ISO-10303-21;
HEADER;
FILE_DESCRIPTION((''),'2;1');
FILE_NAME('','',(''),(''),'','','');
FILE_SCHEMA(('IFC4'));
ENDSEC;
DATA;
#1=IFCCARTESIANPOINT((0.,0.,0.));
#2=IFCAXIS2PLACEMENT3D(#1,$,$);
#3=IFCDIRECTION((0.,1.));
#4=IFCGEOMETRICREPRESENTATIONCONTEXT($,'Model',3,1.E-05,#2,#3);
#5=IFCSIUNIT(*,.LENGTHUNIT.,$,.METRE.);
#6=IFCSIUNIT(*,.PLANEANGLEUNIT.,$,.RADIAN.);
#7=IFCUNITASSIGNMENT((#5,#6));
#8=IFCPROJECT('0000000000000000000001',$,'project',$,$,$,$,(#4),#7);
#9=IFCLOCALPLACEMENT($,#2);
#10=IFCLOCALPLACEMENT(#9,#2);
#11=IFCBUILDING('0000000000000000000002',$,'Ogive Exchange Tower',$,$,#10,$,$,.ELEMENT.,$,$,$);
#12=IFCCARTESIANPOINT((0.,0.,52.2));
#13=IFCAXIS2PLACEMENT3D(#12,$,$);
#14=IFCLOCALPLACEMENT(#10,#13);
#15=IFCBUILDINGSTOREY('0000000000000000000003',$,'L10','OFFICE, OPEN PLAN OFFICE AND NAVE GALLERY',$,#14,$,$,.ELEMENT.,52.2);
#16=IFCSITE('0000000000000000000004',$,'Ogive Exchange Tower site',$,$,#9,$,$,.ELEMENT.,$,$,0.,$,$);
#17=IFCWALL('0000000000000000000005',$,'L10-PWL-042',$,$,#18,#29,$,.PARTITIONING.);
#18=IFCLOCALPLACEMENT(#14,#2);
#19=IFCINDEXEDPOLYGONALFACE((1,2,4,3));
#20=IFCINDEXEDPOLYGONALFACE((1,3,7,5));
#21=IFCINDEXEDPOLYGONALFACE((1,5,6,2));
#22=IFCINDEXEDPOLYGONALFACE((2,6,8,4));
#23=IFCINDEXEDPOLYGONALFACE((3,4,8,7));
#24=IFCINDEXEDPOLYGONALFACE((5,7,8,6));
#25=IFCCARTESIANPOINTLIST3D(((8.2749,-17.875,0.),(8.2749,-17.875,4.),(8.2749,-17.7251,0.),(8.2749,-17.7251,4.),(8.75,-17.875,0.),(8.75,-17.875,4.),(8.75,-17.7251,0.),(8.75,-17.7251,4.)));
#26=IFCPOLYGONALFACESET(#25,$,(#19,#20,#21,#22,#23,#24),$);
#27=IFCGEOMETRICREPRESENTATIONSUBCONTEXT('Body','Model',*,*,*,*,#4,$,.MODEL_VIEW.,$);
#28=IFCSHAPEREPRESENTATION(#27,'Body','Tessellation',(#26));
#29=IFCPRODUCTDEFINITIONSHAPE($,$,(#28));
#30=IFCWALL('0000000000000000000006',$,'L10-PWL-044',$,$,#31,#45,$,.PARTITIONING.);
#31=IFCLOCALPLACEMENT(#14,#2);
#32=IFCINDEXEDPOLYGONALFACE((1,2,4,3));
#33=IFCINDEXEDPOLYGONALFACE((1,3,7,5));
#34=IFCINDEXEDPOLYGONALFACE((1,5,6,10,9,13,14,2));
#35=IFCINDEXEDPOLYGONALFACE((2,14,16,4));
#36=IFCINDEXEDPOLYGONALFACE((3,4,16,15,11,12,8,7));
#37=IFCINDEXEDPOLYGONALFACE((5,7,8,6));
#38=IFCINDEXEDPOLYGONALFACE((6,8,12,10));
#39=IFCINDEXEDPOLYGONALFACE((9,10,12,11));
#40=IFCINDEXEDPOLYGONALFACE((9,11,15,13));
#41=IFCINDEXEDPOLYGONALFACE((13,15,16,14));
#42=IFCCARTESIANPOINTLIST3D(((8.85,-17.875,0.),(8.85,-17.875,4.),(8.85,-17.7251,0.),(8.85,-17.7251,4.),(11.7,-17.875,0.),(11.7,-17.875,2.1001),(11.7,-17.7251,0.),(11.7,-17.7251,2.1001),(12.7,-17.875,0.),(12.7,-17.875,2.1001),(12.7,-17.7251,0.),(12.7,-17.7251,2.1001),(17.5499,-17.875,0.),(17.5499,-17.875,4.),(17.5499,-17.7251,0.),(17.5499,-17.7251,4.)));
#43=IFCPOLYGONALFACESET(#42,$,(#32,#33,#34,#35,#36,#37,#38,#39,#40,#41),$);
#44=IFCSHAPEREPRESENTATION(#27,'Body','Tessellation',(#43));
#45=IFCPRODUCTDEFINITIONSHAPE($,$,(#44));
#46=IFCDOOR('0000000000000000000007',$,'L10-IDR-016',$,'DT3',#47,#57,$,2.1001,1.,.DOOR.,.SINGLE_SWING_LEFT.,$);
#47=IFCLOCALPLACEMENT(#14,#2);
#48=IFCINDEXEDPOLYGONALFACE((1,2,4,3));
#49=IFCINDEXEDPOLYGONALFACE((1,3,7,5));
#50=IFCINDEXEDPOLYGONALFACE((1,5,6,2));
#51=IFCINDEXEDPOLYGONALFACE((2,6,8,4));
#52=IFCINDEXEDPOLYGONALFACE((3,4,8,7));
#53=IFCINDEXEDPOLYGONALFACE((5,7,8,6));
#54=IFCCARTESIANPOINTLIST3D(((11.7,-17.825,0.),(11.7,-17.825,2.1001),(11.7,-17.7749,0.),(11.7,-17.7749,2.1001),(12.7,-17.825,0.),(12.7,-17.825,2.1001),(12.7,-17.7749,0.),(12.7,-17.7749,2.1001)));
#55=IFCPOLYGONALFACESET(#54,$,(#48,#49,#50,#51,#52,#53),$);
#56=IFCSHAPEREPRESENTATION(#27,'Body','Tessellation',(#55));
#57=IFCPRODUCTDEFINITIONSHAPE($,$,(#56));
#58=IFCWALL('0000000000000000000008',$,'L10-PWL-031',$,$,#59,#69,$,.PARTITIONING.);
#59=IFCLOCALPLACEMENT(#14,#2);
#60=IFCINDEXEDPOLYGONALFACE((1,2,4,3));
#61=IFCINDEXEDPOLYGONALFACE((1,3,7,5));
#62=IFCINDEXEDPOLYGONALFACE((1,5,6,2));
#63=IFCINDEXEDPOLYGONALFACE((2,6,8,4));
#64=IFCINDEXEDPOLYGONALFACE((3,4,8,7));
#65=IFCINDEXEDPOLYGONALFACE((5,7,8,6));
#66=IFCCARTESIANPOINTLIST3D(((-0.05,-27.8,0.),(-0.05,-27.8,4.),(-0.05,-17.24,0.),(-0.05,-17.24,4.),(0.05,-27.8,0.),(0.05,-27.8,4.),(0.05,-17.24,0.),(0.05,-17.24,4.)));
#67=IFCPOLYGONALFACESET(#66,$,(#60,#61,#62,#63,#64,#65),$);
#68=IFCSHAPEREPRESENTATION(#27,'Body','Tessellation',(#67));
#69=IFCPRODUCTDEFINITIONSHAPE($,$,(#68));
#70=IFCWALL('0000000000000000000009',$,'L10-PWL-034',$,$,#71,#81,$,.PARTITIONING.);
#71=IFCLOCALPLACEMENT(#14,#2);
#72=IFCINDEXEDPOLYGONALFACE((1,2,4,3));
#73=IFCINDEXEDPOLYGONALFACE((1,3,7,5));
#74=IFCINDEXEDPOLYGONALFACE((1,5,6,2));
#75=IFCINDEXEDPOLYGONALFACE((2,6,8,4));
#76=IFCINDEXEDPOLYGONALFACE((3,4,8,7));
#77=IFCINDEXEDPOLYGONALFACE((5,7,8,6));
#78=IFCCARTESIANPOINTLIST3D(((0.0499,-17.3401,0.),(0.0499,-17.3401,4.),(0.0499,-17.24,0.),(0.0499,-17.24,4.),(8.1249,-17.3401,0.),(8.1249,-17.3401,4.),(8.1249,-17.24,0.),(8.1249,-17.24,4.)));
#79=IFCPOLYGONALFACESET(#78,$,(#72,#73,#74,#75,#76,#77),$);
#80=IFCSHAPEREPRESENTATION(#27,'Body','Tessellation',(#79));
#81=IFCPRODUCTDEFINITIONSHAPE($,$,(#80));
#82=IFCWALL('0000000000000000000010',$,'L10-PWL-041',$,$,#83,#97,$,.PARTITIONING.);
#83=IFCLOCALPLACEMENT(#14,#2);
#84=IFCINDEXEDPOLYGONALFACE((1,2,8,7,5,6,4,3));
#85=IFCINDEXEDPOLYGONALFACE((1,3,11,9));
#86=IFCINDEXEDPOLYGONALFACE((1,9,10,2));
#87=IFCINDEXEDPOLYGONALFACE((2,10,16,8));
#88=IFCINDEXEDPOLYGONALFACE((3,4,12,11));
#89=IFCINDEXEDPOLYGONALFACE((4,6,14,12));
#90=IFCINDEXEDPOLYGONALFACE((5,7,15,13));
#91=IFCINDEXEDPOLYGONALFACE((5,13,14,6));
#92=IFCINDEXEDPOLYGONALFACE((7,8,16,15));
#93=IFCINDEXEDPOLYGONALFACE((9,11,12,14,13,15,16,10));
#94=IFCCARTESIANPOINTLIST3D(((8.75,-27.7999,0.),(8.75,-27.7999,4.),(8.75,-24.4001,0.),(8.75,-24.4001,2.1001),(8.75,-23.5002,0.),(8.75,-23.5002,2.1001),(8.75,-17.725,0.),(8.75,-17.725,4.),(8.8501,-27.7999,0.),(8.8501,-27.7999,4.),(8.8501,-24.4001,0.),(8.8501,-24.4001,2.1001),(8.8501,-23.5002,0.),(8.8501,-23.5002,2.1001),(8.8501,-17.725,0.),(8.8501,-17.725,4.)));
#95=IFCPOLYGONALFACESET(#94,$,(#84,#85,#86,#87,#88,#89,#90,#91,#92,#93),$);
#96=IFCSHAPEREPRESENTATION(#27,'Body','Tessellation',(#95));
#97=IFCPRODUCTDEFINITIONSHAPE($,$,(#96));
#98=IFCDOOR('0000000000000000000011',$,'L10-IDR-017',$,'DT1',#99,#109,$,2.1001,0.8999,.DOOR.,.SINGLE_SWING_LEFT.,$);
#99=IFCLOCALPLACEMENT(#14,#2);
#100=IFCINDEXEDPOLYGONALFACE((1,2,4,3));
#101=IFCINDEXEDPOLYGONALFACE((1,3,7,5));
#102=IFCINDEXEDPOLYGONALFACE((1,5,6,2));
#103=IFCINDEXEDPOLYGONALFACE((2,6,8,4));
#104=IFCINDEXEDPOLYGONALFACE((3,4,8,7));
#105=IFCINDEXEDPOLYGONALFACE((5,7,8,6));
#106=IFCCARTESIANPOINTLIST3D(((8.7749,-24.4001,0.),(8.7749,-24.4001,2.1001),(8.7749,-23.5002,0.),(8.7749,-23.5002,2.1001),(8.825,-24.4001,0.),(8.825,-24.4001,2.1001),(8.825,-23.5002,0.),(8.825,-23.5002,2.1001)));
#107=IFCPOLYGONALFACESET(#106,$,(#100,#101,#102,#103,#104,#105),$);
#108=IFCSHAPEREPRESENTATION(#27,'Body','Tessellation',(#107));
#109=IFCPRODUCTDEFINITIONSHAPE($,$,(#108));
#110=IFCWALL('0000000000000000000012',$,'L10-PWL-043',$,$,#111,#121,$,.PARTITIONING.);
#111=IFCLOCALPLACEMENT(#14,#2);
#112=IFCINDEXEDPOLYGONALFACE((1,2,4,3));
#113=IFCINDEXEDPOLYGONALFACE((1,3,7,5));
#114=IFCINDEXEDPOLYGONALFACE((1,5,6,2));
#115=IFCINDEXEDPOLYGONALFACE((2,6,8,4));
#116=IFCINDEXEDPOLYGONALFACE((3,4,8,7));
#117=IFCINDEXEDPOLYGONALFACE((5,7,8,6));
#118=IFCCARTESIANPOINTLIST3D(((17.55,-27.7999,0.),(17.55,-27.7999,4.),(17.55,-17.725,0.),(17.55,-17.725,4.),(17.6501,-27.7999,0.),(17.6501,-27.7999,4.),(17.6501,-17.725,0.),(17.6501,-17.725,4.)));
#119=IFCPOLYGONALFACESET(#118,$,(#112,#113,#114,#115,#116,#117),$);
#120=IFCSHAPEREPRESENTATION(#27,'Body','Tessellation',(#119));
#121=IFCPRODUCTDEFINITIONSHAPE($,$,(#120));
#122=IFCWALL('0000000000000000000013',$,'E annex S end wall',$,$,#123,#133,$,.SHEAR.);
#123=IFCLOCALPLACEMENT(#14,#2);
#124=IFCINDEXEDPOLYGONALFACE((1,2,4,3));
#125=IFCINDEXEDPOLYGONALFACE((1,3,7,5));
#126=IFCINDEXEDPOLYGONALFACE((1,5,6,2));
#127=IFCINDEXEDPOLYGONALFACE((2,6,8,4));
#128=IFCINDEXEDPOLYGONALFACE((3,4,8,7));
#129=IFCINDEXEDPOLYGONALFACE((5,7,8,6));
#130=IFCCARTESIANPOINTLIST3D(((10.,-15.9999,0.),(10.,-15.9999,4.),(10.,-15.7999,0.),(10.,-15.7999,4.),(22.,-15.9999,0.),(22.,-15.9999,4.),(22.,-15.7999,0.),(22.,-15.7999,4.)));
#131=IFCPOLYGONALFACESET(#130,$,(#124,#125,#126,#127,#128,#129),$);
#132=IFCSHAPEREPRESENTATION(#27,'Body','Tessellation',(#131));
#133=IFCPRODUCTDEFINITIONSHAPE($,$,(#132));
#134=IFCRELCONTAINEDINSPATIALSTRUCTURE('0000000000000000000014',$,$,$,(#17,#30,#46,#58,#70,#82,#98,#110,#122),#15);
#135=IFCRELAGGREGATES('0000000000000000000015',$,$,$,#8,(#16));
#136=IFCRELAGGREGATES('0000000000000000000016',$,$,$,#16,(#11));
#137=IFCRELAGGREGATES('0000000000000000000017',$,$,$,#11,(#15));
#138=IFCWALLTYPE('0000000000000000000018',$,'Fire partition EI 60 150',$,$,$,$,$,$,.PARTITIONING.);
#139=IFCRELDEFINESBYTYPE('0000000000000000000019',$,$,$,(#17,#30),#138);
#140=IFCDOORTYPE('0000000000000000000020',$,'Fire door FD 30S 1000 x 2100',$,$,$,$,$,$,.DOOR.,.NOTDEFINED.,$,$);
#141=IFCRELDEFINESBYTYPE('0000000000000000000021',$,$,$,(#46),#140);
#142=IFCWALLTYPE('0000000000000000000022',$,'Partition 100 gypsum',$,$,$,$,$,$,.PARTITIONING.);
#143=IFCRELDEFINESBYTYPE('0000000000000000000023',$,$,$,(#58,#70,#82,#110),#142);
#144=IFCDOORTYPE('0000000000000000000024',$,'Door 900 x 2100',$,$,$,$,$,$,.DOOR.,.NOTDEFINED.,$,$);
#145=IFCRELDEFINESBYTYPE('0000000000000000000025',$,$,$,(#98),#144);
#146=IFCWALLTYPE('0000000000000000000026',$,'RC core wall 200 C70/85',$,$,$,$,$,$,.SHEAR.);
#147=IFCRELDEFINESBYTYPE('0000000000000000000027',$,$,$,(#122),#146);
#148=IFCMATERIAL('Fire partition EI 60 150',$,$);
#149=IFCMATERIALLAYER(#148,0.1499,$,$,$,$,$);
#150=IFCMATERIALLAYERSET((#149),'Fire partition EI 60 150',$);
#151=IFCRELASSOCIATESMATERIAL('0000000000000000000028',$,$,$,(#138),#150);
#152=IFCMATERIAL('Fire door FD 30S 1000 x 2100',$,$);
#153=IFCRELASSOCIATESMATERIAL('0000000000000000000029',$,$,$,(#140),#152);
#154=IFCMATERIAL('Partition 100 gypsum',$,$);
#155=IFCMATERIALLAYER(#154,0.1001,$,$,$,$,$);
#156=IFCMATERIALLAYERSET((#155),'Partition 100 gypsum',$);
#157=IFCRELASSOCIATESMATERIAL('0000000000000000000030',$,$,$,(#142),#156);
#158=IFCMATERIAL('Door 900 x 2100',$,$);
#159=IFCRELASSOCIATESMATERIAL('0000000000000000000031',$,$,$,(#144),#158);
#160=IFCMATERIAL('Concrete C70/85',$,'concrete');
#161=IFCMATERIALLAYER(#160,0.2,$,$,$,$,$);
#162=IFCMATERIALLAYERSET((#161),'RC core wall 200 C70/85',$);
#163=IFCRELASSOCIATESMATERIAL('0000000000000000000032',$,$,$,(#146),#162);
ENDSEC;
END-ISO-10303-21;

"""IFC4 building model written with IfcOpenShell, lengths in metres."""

from ifc_helpers import new_model, si_unit, direction, frame, frame_2d, origin, place, context, subcontext, project, spatial, rectangle, extrude, material, layer, layer_set, type_object, element, fill, save


model = new_model("IFC4")

# Units and contexts
model_context = context("Model", 3, precision=1e-05, world=origin(), true_north=direction((0.0, 1.0)))
body_context = subcontext(model_context, "Body", "Model", "MODEL_VIEW")
ifc_project = project(units=[si_unit("LENGTHUNIT", "METRE"), si_unit("PLANEANGLEUNIT", "RADIAN")], contexts=[model_context])

# Site, building, storey
site_placement = place(None, origin())
site = spatial("IfcSite", under=ifc_project, at=site_placement, Name="Ogive Exchange Tower site", CompositionType="ELEMENT", RefElevation=0.0)
building_placement = place(site_placement, origin())
building = spatial("IfcBuilding", under=site, at=building_placement, Name="Ogive Exchange Tower", CompositionType="ELEMENT")
storey_placement = place(building_placement, frame((0.0, 0.0, 52.2)))
storey = spatial("IfcBuildingStorey", under=building, at=storey_placement, Name="L10", Description="OFFICE, OPEN PLAN OFFICE AND NAVE GALLERY", CompositionType="ELEMENT", Elevation=52.2)

# Shared definitions
ifc_material_1 = material(Name="Fire partition EI 60 150")
ifc_layer_1 = layer(ifc_material_1, 0.1499)
ifc_layer_set_1 = layer_set([ifc_layer_1], Name="Fire partition EI 60 150")
wall_type_1 = type_object("IfcWallType", Name="Fire partition EI 60 150", PredefinedType="PARTITIONING", material=ifc_layer_set_1)

# Shared definitions
ifc_material_2 = material(Name="Fire door FD 30S 1000 x 2100")
door_type_1 = type_object("IfcDoorType", Name="Fire door FD 30S 1000 x 2100", OperationType="NOTDEFINED", PredefinedType="DOOR", material=ifc_material_2)

# Wall
wall_1_placement = place(storey_placement, frame((8.75, -17.8, 0.0), z_axis=(0.0, 0.0, 1.0), x_axis=(-1.0, 0.0, 0.0)))
element("IfcWall", 1, at=wall_1_placement, inside=storey, type_object=wall_type_1, Name="L10-PWL-042", PredefinedType="PARTITIONING", context=body_context, shape_type="SweptSolid", body=[
    extrude(rectangle(XDim=0.4751, YDim=0.1499, at=frame_2d((0.2375, 0.0))), origin(), (0.0, 0.0, 1.0), 4.0),
])

# Wall, opening, door
wall_2_placement = place(storey_placement, frame((17.55, -17.8, 0.0), z_axis=(0.0, 0.0, 1.0), x_axis=(-1.0, 0.0, 0.0)))
wall_2 = element("IfcWall", 2, at=wall_2_placement, inside=storey, type_object=wall_type_1, Name="L10-PWL-044", PredefinedType="PARTITIONING", context=body_context, shape_type="SweptSolid", body=[
    extrude(rectangle(XDim=8.7, YDim=0.1499, at=frame_2d((4.3501, 0.0))), origin(), (0.0, 0.0, 1.0), 4.0),
])
opening_1_placement = place(wall_2_placement, frame((4.8501, 0.0, 0.0)))
opening_1 = element("IfcOpeningElement", 3, at=opening_1_placement, cuts=wall_2, PredefinedType="OPENING", context=body_context, shape_type="SweptSolid", body=[
    extrude(rectangle(XDim=1.0, YDim=2.1001, at=frame_2d((0.5, 1.05))), frame((0.0, 0.085, 0.0), z_axis=(0.0, -1.0, 0.0), x_axis=(1.0, 0.0, 0.0)), (0.0, 0.0, 1.0), 0.1699),
])
door_1_placement = place(opening_1_placement, origin())
door_1 = element("IfcDoor", 4, at=door_1_placement, inside=storey, type_object=door_type_1, Name="L10-IDR-016", ObjectType="DT3", OperationType="SINGLE_SWING_LEFT", OverallHeight=2.1001, OverallWidth=1.0, PredefinedType="DOOR", context=body_context, shape_type="SweptSolid", body=[
    extrude(rectangle(XDim=1.0, YDim=2.1001, at=frame_2d((0.5, 1.05))), frame((0.0, 0.0249, 0.0), z_axis=(0.0, -1.0, 0.0), x_axis=(1.0, 0.0, 0.0)), (0.0, 0.0, 1.0), 0.05),
])
fill(opening_1, door_1)

# Walls
ifc_material_3 = material(Name="Partition 100 gypsum")
ifc_layer_2 = layer(ifc_material_3, 0.1001)
ifc_layer_set_2 = layer_set([ifc_layer_2], Name="Partition 100 gypsum")
wall_type_2 = type_object("IfcWallType", Name="Partition 100 gypsum", PredefinedType="PARTITIONING", material=ifc_layer_set_2)
wall_3_placement = place(storey_placement, frame((0.0, -27.8, 0.0), z_axis=(0.0, 0.0, 1.0), x_axis=(0.0, 1.0, 0.0)))
element("IfcWall", 5, at=wall_3_placement, inside=storey, type_object=wall_type_2, Name="L10-PWL-031", PredefinedType="PARTITIONING", context=body_context, shape_type="SweptSolid", body=[
    extrude(rectangle(XDim=10.5601, YDim=0.1001, at=frame_2d((5.28, 0.0))), origin(), (0.0, 0.0, 1.0), 4.0),
])
wall_4_placement = place(storey_placement, frame((8.125, -17.29, 0.0), z_axis=(0.0, 0.0, 1.0), x_axis=(-1.0, 0.0, 0.0)))
element("IfcWall", 6, at=wall_4_placement, inside=storey, type_object=wall_type_2, Name="L10-PWL-034", PredefinedType="PARTITIONING", context=body_context, shape_type="SweptSolid", body=[
    extrude(rectangle(XDim=8.075, YDim=0.1001, at=frame_2d((4.0376, 0.0))), origin(), (0.0, 0.0, 1.0), 4.0),
])

# Wall, opening, door
wall_5_placement = place(storey_placement, frame((8.8, -27.8, 0.0), z_axis=(0.0, 0.0, 1.0), x_axis=(0.0, 1.0, 0.0)))
wall_5 = element("IfcWall", 7, at=wall_5_placement, inside=storey, type_object=wall_type_2, Name="L10-PWL-041", PredefinedType="PARTITIONING", context=body_context, shape_type="SweptSolid", body=[
    extrude(rectangle(XDim=10.075, YDim=0.1001, at=frame_2d((5.0376, 0.0))), origin(), (0.0, 0.0, 1.0), 4.0),
])
opening_2_placement = place(wall_5_placement, frame((3.3999, 0.0, 0.0)))
opening_2 = element("IfcOpeningElement", 8, at=opening_2_placement, cuts=wall_5, PredefinedType="OPENING", context=body_context, shape_type="SweptSolid", body=[
    extrude(rectangle(XDim=0.8999, YDim=2.1001, at=frame_2d((0.45, 1.05))), frame((0.0, 0.0601, 0.0), z_axis=(0.0, -1.0, 0.0), x_axis=(1.0, 0.0, 0.0)), (0.0, 0.0, 1.0), 0.1201),
])
ifc_material_4 = material(Name="Door 900 x 2100")
door_type_2 = type_object("IfcDoorType", Name="Door 900 x 2100", OperationType="NOTDEFINED", PredefinedType="DOOR", material=ifc_material_4)
door_2_placement = place(opening_2_placement, frame((0.8999, 0.0, 0.0), z_axis=(0.0, 0.0, 1.0), x_axis=(-1.0, 0.0, 0.0)))
door_2 = element("IfcDoor", 9, at=door_2_placement, inside=storey, type_object=door_type_2, Name="L10-IDR-017", ObjectType="DT1", OperationType="SINGLE_SWING_LEFT", OverallHeight=2.1001, OverallWidth=0.8999, PredefinedType="DOOR", context=body_context, shape_type="SweptSolid", body=[
    extrude(rectangle(XDim=0.8999, YDim=2.1001, at=frame_2d((0.45, 1.05))), frame((0.0, 0.0249, 0.0), z_axis=(0.0, -1.0, 0.0), x_axis=(1.0, 0.0, 0.0)), (0.0, 0.0, 1.0), 0.05),
])
fill(opening_2, door_2)

# Walls
wall_6_placement = place(storey_placement, frame((17.6001, -27.8, 0.0), z_axis=(0.0, 0.0, 1.0), x_axis=(0.0, 1.0, 0.0)))
element("IfcWall", 10, at=wall_6_placement, inside=storey, type_object=wall_type_2, Name="L10-PWL-043", PredefinedType="PARTITIONING", context=body_context, shape_type="SweptSolid", body=[
    extrude(rectangle(XDim=10.075, YDim=0.1001, at=frame_2d((5.0376, 0.0))), origin(), (0.0, 0.0, 1.0), 4.0),
])
ifc_material_5 = material(Name="Concrete C70/85", Category="concrete")
ifc_layer_3 = layer(ifc_material_5, 0.2)
ifc_layer_set_3 = layer_set([ifc_layer_3], Name="RC core wall 200 C70/85")
wall_type_3 = type_object("IfcWallType", Name="RC core wall 200 C70/85", PredefinedType="SHEAR", material=ifc_layer_set_3)
wall_7_placement = place(storey_placement, frame((10.0, -15.8999, 0.0), z_axis=(0.0, 0.0, 1.0), x_axis=(1.0, 0.0, 0.0)))
element("IfcWall", 11, at=wall_7_placement, inside=storey, type_object=wall_type_3, Name="E annex S end wall", PredefinedType="SHEAR", context=body_context, shape_type="SweptSolid", body=[
    extrude(rectangle(XDim=12.0, YDim=0.2, at=frame_2d((6.0, 0.0))), origin(), (0.0, 0.0, 1.0), 4.0),
])

save(model, "model.ifc")
